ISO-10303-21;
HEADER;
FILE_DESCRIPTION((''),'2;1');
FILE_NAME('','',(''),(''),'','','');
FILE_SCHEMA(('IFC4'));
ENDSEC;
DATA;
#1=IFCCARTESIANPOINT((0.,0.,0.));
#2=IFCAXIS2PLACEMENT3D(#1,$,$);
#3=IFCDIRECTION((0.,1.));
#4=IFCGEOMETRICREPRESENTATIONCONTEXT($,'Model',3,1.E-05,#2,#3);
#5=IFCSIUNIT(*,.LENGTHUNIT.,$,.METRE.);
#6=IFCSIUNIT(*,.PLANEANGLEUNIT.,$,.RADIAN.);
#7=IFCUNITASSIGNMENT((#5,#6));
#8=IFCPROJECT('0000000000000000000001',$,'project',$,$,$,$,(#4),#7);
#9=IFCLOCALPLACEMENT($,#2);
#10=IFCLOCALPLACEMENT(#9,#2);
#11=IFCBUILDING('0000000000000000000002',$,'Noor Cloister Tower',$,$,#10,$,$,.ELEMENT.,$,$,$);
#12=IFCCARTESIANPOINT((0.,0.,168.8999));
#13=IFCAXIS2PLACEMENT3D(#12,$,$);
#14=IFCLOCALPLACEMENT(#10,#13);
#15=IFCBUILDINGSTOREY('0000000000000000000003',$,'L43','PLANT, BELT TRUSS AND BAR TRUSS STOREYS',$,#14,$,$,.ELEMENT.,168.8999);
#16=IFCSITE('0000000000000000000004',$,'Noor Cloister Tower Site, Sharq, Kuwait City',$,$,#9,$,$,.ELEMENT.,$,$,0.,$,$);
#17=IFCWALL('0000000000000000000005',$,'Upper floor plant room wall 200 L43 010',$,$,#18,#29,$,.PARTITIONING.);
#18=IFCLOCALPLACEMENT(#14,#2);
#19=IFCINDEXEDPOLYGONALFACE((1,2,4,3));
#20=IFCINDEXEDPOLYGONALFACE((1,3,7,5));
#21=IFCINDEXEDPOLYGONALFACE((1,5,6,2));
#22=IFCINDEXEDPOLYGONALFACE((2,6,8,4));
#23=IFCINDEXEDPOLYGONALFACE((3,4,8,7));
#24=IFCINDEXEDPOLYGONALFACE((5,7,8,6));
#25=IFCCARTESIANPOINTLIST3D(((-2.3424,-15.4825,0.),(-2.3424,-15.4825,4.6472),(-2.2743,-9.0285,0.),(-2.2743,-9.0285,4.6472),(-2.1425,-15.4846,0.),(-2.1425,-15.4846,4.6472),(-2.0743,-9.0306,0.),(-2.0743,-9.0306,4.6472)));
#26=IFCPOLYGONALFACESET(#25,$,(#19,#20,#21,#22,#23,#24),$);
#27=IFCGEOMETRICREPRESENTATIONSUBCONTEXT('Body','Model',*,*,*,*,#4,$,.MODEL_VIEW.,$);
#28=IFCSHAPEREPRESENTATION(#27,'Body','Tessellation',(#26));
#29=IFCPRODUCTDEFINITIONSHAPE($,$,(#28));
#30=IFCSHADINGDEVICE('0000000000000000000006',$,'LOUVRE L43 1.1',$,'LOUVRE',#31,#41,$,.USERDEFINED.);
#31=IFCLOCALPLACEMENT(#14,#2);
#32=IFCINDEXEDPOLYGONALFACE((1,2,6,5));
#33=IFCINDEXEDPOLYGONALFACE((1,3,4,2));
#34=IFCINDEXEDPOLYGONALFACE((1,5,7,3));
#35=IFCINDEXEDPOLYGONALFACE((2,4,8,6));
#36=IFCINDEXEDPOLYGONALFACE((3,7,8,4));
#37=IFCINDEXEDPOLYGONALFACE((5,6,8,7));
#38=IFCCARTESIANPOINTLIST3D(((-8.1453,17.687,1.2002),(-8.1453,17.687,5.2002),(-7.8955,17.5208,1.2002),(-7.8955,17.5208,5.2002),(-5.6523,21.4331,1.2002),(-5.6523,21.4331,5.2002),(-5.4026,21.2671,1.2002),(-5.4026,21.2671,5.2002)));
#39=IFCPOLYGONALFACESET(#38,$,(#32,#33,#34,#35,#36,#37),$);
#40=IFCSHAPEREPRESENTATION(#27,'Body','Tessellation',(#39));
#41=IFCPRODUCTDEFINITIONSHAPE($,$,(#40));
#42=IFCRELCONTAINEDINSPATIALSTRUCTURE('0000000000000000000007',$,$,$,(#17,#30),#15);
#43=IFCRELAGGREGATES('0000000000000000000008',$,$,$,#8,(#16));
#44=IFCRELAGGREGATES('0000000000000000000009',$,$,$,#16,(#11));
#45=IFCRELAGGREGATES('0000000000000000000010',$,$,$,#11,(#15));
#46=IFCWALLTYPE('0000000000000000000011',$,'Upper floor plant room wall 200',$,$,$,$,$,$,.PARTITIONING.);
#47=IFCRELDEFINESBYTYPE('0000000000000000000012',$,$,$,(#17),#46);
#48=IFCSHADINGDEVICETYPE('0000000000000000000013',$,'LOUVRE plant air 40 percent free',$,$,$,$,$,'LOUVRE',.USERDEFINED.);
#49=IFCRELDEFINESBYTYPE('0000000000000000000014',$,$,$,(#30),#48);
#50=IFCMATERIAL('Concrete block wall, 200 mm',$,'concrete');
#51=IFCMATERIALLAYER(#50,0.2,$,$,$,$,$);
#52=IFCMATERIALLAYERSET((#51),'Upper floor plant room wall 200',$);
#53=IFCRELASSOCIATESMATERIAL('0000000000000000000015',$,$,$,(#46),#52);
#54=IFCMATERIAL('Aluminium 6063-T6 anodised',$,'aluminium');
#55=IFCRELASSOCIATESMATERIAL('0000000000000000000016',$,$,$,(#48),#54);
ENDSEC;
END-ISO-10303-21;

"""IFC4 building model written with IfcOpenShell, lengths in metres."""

from ifc_helpers import new_model, si_unit, direction, frame, frame_2d, origin, place, context, subcontext, project, spatial, polyline, rectangle, outline, extrude, material, layer, layer_set, type_object, element, save


model = new_model("IFC4")

# Units and contexts
model_context = context("Model", 3, precision=1e-05, world=origin(), true_north=direction((0.0, 1.0)))
body_context = subcontext(model_context, "Body", "Model", "MODEL_VIEW")
ifc_project = project(units=[si_unit("LENGTHUNIT", "METRE"), si_unit("PLANEANGLEUNIT", "RADIAN")], contexts=[model_context])

# Site, building, storey
site_placement = place(None, origin())
site = spatial("IfcSite", under=ifc_project, at=site_placement, Name="Noor Cloister Tower Site, Sharq, Kuwait City", CompositionType="ELEMENT", RefElevation=0.0)
building_placement = place(site_placement, origin())
building = spatial("IfcBuilding", under=site, at=building_placement, Name="Noor Cloister Tower", CompositionType="ELEMENT")
storey_placement = place(building_placement, frame((0.0, 0.0, 168.8999)))
storey = spatial("IfcBuildingStorey", under=building, at=storey_placement, Name="L43", Description="PLANT, BELT TRUSS AND BAR TRUSS STOREYS", CompositionType="ELEMENT", Elevation=168.8999)

# Wall
ifc_material_1 = material(Name="Concrete block wall, 200 mm", Category="concrete")
ifc_layer_1 = layer(ifc_material_1, 0.2)
ifc_layer_set_1 = layer_set([ifc_layer_1], Name="Upper floor plant room wall 200")
wall_type_1 = type_object("IfcWallType", Name="Upper floor plant room wall 200", PredefinedType="PARTITIONING", material=ifc_layer_set_1)
wall_1_placement = place(storey_placement, frame((-2.2424, -15.4834, 0.0), z_axis=(0.0, 0.0, 1.0), x_axis=(0.010553, 0.999944, 0.0)))
element("IfcWall", 1, at=wall_1_placement, inside=storey, type_object=wall_type_1, Name="Upper floor plant room wall 200 L43 010", PredefinedType="PARTITIONING", context=body_context, shape_type="SweptSolid", body=[
    extrude(rectangle(XDim=6.4543, YDim=0.2, at=frame_2d((3.2271, 0.0))), origin(), (0.0, 0.0, 1.0), 4.6472),
])

# Shading device
ifc_material_2 = material(Name="Aluminium 6063-T6 anodised", Category="aluminium")
shading_device_type = type_object("IfcShadingDeviceType", Name="LOUVRE plant air 40 percent free", ElementType="LOUVRE", PredefinedType="USERDEFINED", material=ifc_material_2)
shading_device_placement = place(storey_placement, frame((0.0, 0.0, 1.2002)))
element("IfcShadingDevice", 2, at=shading_device_placement, inside=storey, type_object=shading_device_type, Name="LOUVRE L43 1.1", ObjectType="LOUVRE", PredefinedType="USERDEFINED", context=body_context, shape_type="SweptSolid", body=[
    extrude(outline(polyline([(-5.6523, 21.4331), (-8.1453, 17.687), (-7.8955, 17.5208), (-5.4026, 21.2671), (-5.6523, 21.4331)])), origin(), (0.0, 0.0, 1.0), 4.0),
])

save(model, "model.ifc")
